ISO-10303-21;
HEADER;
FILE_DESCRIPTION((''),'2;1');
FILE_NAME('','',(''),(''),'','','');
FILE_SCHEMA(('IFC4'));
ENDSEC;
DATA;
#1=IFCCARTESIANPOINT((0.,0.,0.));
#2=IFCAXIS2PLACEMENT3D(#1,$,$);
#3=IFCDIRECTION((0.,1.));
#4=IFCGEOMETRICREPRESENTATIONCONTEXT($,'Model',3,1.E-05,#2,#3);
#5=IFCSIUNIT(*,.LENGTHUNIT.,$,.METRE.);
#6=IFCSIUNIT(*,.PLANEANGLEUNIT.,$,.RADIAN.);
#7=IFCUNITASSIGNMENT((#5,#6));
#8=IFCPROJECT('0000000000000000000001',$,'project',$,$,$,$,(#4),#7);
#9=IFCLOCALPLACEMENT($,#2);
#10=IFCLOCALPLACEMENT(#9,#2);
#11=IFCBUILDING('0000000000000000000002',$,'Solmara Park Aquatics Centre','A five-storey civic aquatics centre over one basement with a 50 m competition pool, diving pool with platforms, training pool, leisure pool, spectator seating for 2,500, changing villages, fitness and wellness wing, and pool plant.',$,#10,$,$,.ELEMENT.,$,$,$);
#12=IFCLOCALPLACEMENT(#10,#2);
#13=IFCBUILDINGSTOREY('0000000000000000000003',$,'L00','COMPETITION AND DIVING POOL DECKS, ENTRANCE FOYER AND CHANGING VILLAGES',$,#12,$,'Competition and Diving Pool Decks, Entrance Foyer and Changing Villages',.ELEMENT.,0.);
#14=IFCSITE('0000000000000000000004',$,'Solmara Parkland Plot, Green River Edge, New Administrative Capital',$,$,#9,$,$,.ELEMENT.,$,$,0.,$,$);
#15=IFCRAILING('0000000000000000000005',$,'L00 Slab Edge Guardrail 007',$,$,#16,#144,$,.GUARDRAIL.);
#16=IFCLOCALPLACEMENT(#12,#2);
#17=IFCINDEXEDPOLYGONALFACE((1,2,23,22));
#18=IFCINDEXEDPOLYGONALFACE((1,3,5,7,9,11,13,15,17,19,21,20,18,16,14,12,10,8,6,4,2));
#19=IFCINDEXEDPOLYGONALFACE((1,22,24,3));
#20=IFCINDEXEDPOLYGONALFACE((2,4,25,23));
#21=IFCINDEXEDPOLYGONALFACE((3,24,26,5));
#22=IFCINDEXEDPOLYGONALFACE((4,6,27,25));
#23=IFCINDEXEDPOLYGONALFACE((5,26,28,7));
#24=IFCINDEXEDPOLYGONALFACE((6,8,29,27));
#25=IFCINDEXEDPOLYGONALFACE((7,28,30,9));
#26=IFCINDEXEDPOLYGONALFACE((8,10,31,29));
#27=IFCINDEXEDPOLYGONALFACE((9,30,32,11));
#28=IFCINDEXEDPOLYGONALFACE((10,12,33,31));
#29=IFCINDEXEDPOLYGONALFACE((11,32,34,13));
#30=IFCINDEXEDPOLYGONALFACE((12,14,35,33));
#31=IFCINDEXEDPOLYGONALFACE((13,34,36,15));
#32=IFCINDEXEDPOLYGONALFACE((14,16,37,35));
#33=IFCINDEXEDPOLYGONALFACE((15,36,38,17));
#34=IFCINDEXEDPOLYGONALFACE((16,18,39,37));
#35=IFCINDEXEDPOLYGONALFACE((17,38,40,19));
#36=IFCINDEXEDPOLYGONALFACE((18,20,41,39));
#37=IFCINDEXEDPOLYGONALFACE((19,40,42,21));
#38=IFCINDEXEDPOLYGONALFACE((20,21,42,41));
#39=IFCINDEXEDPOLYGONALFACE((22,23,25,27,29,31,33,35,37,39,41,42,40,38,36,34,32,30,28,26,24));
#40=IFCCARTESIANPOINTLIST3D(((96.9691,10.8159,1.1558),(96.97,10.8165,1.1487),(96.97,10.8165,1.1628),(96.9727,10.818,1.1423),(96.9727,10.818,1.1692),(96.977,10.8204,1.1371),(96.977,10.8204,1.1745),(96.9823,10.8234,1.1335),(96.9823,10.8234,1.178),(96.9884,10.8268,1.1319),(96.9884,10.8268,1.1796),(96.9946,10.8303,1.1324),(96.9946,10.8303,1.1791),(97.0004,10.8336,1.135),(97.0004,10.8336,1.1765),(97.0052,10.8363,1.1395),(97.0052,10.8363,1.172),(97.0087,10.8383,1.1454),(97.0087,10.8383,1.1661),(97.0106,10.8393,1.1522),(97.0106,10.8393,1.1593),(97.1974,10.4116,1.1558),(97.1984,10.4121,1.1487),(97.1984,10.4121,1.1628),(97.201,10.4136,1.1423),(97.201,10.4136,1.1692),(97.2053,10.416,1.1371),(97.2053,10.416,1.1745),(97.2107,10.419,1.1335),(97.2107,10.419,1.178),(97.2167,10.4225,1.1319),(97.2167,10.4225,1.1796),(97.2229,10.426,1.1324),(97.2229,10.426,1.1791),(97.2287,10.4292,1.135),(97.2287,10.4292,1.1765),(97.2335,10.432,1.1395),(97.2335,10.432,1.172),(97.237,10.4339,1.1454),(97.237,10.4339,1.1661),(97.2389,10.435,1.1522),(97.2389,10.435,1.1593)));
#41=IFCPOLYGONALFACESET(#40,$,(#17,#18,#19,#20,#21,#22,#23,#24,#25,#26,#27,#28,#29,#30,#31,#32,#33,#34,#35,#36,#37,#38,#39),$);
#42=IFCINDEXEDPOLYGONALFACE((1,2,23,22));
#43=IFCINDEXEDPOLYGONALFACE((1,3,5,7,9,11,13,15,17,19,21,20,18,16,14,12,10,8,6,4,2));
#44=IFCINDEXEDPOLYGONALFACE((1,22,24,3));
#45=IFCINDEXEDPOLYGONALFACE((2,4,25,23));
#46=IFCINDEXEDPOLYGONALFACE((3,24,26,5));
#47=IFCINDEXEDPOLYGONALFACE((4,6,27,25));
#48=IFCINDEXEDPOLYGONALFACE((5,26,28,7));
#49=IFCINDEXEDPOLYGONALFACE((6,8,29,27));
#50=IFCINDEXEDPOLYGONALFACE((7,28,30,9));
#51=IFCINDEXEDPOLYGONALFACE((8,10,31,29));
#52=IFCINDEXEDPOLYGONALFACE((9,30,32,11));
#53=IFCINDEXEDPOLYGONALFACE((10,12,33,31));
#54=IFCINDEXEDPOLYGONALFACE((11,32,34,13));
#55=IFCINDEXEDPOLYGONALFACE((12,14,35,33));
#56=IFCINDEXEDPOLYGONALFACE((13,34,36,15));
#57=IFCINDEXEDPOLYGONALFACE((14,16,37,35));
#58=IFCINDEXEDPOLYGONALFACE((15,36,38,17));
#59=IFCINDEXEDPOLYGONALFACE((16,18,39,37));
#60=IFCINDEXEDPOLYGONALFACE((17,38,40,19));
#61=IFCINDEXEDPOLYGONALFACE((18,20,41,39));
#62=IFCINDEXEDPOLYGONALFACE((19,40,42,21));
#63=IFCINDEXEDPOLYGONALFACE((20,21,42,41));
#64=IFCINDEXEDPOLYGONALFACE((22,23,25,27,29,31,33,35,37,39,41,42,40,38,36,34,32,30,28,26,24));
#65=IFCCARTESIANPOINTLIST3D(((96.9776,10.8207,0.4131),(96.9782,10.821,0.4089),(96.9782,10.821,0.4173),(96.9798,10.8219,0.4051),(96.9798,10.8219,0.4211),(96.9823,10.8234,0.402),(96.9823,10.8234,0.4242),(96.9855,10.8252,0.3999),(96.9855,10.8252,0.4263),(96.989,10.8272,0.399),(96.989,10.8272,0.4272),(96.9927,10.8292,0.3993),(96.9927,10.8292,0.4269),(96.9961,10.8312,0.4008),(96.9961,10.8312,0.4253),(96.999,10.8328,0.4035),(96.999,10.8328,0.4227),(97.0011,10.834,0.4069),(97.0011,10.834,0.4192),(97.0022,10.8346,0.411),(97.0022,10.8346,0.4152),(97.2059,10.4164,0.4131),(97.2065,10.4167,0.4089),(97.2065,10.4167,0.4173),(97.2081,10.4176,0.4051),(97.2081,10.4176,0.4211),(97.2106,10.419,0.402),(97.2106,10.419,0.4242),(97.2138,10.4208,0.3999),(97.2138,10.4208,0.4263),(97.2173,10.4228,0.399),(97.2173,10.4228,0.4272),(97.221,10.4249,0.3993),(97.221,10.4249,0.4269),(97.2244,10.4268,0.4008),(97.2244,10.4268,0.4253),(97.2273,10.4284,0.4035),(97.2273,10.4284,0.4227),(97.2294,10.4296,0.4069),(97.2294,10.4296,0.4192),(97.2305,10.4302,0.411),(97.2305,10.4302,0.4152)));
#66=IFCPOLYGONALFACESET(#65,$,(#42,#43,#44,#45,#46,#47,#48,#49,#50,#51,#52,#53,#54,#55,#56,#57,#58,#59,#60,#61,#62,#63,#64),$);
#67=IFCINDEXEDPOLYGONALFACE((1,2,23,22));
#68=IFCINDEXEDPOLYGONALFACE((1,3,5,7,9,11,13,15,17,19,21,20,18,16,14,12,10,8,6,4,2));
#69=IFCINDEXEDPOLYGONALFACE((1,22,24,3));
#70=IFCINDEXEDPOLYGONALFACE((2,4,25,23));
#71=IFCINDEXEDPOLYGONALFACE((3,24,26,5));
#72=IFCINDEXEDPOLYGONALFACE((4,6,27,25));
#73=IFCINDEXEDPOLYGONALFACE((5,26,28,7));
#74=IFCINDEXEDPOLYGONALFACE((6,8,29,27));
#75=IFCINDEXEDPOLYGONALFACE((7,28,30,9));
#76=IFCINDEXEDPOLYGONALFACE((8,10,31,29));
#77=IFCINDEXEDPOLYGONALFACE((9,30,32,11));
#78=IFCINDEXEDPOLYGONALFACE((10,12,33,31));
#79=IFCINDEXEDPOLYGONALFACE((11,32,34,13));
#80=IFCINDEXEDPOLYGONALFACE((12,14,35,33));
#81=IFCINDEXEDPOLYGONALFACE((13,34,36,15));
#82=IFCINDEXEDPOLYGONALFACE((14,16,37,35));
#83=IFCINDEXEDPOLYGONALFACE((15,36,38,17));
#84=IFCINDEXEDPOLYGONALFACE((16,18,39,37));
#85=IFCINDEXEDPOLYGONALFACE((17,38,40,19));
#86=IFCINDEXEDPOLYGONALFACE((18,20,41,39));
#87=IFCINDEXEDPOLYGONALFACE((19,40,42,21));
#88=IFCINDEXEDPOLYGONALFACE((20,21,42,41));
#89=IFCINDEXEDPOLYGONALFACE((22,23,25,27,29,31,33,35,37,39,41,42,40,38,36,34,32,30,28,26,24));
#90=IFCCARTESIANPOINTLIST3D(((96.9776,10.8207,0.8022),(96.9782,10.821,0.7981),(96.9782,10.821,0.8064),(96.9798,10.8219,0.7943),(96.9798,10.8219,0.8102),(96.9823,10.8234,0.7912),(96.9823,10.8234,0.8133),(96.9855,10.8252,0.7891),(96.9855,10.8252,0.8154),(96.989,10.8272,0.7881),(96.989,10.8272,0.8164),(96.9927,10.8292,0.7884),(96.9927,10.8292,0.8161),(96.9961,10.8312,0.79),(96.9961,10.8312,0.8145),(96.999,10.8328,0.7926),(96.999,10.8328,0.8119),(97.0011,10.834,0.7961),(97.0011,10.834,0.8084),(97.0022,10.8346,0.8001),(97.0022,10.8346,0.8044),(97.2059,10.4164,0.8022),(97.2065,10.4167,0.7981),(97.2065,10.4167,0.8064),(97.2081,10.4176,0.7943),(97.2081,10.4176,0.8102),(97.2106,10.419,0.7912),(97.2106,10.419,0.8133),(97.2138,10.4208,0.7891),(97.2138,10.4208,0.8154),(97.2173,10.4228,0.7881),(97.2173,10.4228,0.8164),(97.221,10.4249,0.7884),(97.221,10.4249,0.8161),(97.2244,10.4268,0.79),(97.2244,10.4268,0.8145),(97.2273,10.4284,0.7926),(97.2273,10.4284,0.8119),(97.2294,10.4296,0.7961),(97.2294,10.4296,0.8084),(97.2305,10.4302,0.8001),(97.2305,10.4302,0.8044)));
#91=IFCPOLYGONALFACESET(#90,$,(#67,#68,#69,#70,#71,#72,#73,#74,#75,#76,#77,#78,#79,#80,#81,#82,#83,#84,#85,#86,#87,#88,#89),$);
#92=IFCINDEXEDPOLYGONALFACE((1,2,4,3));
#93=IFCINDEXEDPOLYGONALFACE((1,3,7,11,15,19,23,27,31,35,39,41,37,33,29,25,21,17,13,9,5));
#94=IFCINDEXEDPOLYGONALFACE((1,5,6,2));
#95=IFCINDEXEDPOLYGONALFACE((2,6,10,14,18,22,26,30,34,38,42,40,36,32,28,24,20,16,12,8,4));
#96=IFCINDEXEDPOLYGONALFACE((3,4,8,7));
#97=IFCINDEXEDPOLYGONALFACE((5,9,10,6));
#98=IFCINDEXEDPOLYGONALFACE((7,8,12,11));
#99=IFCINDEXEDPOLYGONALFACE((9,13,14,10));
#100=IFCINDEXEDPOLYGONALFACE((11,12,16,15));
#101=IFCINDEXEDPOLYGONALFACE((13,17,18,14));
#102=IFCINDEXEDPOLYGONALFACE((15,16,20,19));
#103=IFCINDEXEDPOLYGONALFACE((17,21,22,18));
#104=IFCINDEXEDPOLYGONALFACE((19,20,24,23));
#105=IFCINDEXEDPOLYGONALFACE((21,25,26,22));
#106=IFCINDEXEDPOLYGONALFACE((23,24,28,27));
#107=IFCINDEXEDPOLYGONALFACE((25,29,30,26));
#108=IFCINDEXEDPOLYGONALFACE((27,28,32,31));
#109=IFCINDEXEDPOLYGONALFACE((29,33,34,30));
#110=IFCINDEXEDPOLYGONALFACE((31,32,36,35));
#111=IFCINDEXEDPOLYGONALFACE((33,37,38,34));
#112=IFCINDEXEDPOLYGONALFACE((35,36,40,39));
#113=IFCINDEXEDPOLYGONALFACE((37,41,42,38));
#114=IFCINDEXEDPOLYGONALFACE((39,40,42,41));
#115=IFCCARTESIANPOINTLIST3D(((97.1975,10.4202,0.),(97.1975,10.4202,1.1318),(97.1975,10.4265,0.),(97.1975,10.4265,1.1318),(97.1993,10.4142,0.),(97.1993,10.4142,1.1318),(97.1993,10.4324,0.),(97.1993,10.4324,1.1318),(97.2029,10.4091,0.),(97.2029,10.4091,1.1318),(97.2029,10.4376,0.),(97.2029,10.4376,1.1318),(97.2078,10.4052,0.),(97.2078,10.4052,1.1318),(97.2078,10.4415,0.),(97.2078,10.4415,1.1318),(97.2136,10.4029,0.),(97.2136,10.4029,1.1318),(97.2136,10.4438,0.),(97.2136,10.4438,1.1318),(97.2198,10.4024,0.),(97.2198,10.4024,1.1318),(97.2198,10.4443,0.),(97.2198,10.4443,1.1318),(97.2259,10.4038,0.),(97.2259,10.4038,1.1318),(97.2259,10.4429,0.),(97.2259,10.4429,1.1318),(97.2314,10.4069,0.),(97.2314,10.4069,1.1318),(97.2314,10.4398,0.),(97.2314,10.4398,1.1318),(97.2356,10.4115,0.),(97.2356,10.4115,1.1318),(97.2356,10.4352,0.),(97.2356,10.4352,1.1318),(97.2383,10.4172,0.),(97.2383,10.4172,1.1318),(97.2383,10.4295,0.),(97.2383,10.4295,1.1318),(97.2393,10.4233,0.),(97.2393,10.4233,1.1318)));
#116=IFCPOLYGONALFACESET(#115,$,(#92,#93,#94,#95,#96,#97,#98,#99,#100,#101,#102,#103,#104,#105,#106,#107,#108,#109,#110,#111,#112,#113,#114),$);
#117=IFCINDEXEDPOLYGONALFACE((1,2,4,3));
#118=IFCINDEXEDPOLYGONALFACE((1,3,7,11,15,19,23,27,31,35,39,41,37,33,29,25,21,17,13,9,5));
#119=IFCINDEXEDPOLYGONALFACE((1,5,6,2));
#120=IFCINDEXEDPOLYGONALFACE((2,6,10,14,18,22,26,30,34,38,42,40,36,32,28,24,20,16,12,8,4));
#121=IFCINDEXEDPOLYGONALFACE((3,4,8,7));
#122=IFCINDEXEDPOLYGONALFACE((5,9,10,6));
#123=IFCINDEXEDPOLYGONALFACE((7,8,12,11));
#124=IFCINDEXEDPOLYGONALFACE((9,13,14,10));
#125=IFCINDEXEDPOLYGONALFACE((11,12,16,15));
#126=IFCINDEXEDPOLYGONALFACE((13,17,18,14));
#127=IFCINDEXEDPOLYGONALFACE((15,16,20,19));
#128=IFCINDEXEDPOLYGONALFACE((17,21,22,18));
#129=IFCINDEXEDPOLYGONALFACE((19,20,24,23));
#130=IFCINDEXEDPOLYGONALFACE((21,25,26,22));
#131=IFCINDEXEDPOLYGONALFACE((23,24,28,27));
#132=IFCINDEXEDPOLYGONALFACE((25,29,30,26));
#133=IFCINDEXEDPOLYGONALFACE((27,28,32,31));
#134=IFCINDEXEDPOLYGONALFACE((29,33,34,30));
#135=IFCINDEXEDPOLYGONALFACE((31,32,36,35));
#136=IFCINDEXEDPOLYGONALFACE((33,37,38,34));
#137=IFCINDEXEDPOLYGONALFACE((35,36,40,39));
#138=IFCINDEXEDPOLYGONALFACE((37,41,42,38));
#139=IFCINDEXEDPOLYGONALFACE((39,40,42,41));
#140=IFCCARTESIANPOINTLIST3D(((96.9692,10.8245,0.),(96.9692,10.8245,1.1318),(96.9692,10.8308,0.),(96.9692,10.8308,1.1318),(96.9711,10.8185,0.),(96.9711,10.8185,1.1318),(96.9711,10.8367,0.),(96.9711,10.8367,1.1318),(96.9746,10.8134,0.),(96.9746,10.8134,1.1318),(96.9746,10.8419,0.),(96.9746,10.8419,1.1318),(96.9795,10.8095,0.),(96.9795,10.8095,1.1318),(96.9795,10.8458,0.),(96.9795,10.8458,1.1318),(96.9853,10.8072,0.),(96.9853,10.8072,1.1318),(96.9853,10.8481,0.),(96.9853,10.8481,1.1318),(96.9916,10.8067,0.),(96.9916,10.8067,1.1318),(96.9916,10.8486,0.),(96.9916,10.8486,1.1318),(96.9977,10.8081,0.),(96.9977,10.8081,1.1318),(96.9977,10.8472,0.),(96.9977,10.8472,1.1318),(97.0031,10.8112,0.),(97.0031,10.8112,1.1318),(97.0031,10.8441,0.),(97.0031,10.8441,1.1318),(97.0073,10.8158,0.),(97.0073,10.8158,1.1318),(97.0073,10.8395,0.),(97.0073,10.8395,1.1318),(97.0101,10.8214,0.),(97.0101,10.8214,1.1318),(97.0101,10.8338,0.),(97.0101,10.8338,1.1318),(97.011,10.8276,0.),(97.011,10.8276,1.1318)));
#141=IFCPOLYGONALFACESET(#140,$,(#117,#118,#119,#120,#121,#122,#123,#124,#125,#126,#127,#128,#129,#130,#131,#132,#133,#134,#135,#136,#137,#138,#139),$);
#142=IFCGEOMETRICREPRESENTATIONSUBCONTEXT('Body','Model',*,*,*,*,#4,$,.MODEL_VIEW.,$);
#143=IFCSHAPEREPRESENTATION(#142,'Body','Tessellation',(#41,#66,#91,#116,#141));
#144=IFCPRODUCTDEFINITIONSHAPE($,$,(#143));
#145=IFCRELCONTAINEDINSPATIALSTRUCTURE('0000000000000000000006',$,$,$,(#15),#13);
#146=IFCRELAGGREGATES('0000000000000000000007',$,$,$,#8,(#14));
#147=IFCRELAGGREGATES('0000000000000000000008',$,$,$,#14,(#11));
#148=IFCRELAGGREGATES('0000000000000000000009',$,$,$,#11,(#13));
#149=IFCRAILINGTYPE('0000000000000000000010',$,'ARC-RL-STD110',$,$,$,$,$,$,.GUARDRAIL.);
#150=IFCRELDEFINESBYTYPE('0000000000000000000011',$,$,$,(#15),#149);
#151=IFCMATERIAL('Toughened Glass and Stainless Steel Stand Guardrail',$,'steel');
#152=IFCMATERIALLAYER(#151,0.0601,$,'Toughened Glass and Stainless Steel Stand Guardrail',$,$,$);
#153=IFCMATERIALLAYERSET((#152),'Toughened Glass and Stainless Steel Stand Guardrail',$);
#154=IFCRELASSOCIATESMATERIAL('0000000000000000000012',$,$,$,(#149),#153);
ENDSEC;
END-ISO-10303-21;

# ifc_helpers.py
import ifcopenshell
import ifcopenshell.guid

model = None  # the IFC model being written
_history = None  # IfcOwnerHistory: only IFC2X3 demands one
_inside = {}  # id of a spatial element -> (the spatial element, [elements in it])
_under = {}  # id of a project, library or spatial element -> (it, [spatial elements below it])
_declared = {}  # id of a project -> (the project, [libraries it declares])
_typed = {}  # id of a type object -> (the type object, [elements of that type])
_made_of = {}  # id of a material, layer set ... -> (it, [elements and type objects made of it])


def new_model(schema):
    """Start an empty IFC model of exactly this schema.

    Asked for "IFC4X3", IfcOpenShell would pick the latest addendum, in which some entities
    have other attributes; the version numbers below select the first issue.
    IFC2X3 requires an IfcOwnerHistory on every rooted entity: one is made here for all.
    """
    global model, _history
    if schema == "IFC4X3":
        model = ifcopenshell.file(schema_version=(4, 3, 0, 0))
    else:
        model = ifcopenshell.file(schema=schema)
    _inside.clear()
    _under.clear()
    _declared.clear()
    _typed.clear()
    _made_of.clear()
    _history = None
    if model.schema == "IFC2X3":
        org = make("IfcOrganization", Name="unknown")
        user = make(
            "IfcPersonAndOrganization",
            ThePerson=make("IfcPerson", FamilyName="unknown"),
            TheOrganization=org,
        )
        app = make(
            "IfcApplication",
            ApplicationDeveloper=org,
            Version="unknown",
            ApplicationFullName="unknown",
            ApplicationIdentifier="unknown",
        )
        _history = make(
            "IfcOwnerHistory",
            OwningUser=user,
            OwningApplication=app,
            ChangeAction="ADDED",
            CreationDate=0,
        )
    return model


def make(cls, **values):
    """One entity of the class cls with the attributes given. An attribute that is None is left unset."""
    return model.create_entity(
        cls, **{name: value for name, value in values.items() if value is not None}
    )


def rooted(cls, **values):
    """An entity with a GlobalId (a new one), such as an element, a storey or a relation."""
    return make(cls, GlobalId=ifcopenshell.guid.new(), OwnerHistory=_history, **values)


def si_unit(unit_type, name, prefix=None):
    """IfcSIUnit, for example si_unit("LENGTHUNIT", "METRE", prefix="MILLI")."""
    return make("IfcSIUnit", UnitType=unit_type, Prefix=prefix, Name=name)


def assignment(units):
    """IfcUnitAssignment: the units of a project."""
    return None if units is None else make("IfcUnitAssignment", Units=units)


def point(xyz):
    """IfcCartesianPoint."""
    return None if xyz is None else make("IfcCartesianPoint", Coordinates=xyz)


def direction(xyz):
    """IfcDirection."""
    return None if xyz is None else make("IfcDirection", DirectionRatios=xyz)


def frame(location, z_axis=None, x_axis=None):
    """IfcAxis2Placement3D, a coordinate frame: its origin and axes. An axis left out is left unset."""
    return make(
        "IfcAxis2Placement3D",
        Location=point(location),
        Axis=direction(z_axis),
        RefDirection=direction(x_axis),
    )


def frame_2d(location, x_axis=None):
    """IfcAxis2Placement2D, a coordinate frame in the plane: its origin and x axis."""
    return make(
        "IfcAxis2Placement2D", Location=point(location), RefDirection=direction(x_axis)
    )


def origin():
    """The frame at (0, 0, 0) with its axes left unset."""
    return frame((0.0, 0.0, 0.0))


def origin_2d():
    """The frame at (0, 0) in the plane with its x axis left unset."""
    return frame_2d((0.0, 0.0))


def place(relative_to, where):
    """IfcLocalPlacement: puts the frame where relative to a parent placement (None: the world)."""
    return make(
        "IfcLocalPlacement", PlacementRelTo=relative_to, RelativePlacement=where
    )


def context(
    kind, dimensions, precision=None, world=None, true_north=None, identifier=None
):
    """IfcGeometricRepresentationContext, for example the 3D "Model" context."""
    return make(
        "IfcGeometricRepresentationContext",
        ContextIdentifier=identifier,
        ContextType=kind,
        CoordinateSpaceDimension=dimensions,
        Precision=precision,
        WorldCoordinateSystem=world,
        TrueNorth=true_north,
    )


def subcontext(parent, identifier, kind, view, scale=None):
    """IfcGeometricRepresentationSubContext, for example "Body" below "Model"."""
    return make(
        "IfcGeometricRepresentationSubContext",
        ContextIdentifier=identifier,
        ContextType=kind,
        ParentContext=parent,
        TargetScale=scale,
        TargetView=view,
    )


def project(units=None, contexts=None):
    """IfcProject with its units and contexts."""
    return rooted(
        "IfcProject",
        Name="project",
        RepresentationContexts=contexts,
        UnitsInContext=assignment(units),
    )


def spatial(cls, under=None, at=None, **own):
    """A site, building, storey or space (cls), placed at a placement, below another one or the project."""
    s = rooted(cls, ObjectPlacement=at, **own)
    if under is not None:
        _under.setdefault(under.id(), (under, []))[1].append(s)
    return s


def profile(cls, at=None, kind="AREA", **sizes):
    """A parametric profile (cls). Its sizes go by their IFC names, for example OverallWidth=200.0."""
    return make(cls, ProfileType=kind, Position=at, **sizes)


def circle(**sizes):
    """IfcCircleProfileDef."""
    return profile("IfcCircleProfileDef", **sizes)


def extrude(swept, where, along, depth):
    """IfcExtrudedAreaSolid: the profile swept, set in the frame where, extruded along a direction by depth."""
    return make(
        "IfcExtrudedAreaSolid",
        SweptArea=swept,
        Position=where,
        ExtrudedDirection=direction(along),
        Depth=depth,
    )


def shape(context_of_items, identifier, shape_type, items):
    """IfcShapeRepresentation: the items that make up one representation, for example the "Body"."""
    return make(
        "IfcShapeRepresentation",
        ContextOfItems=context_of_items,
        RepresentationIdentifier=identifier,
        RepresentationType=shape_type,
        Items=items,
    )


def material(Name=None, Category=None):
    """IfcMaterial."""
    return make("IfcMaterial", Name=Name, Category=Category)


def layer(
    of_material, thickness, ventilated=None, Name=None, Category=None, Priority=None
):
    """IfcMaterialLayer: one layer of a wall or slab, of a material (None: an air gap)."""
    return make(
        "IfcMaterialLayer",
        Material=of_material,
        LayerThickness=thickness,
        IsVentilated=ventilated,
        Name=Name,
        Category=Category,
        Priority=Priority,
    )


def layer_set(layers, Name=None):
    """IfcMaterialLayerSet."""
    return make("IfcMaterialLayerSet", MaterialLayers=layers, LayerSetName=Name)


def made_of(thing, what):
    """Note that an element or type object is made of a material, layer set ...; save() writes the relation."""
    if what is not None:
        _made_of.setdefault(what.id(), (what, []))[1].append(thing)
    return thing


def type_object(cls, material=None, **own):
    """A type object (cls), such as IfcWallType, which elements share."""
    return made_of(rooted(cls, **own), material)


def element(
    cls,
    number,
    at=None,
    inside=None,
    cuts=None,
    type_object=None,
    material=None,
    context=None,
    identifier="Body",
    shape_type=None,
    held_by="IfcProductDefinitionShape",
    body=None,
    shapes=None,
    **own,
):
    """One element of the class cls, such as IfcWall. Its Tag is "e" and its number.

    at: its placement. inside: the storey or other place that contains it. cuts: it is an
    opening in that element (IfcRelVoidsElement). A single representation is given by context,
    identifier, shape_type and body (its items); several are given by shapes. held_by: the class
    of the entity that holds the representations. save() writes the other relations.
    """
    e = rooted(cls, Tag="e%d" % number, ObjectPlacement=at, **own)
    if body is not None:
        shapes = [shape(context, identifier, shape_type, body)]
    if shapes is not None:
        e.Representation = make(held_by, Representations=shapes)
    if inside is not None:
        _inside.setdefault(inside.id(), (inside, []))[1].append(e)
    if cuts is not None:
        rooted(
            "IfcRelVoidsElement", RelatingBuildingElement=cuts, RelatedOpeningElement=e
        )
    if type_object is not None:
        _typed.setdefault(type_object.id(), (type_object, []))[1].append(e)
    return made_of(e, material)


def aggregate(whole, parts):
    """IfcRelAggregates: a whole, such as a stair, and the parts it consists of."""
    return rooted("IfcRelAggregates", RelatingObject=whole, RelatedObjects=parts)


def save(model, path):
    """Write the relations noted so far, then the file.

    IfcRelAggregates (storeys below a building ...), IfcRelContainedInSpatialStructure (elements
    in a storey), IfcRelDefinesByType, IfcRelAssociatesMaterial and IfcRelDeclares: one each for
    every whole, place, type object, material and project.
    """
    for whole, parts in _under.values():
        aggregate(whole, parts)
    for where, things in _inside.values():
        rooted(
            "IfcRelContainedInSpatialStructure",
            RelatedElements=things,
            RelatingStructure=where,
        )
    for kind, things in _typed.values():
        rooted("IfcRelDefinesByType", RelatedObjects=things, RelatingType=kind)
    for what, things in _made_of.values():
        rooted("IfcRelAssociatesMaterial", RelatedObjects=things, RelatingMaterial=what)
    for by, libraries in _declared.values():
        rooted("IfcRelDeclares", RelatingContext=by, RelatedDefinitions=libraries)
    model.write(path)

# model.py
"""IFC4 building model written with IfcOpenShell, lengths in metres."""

from ifc_helpers import new_model, si_unit, direction, frame, origin, origin_2d, place, context, subcontext, project, spatial, circle, extrude, material, layer, layer_set, type_object, element, save


model = new_model("IFC4")

# Units and contexts
model_context = context("Model", 3, precision=1e-05, world=origin(), true_north=direction((0.0, 1.0)))
body_context = subcontext(model_context, "Body", "Model", "MODEL_VIEW")
ifc_project = project(units=[si_unit("LENGTHUNIT", "METRE"), si_unit("PLANEANGLEUNIT", "RADIAN")], contexts=[model_context])

# Site, building, storey
site_placement = place(None, origin())
site = spatial("IfcSite", under=ifc_project, at=site_placement, Name="Solmara Parkland Plot, Green River Edge, New Administrative Capital", CompositionType="ELEMENT", RefElevation=0.0)
building_placement = place(site_placement, origin())
building = spatial("IfcBuilding", under=site, at=building_placement, Name="Solmara Park Aquatics Centre", Description="A five-storey civic aquatics centre over one basement with a 50 m competition pool, diving pool with platforms, training pool, leisure pool, spectator seating for 2,500, changing villages, fitness and wellness wing, and pool plant.", CompositionType="ELEMENT")
storey_placement = place(building_placement, origin())
storey = spatial("IfcBuildingStorey", under=building, at=storey_placement, Name="L00", Description="COMPETITION AND DIVING POOL DECKS, ENTRANCE FOYER AND CHANGING VILLAGES", LongName="Competition and Diving Pool Decks, Entrance Foyer and Changing Villages", CompositionType="ELEMENT", Elevation=0.0)

# Railing
ifc_material_1 = material(Name="Toughened Glass and Stainless Steel Stand Guardrail", Category="steel")
ifc_layer_1 = layer(ifc_material_1, 0.0601, Name="Toughened Glass and Stainless Steel Stand Guardrail")
ifc_layer_set_1 = layer_set([ifc_layer_1], Name="Toughened Glass and Stainless Steel Stand Guardrail")
railing_type = type_object("IfcRailingType", Name="ARC-RL-STD110", PredefinedType="GUARDRAIL", material=ifc_layer_set_1)
railing_1_placement = place(storey_placement, frame((97.2183, 10.4233, 0.0)))
element("IfcRailing", 1, at=railing_1_placement, inside=storey, type_object=railing_type, Name="L00 Slab Edge Guardrail 007", PredefinedType="GUARDRAIL", context=body_context, shape_type="SweptSolid", body=[
    extrude(circle(Radius=0.0239, at=origin_2d()), frame((0.0, 0.0, 1.1558), z_axis=(-0.491659, 0.870788, 0.0), x_axis=(-0.870788, -0.491659, 0.0)), (0.0, 0.0, 1.0), 0.4644),
    extrude(circle(Radius=0.0142, at=origin_2d()), frame((0.0, 0.0, 0.4131), z_axis=(-0.491659, 0.870788, 0.0), x_axis=(-0.870788, -0.491659, 0.0)), (0.0, 0.0, 1.0), 0.4644),
    extrude(circle(Radius=0.0142, at=origin_2d()), frame((0.0, 0.0, 0.8022), z_axis=(-0.491659, 0.870788, 0.0), x_axis=(-0.870788, -0.491659, 0.0)), (0.0, 0.0, 1.0), 0.4644),
    extrude(circle(Radius=0.021, at=origin_2d()), origin(), (0.0, 0.0, 1.0), 1.1318),
    extrude(circle(Radius=0.021, at=origin_2d()), frame((-0.2283, 0.4043, 0.0)), (0.0, 0.0, 1.0), 1.1318),
])

save(model, "model.ifc")
